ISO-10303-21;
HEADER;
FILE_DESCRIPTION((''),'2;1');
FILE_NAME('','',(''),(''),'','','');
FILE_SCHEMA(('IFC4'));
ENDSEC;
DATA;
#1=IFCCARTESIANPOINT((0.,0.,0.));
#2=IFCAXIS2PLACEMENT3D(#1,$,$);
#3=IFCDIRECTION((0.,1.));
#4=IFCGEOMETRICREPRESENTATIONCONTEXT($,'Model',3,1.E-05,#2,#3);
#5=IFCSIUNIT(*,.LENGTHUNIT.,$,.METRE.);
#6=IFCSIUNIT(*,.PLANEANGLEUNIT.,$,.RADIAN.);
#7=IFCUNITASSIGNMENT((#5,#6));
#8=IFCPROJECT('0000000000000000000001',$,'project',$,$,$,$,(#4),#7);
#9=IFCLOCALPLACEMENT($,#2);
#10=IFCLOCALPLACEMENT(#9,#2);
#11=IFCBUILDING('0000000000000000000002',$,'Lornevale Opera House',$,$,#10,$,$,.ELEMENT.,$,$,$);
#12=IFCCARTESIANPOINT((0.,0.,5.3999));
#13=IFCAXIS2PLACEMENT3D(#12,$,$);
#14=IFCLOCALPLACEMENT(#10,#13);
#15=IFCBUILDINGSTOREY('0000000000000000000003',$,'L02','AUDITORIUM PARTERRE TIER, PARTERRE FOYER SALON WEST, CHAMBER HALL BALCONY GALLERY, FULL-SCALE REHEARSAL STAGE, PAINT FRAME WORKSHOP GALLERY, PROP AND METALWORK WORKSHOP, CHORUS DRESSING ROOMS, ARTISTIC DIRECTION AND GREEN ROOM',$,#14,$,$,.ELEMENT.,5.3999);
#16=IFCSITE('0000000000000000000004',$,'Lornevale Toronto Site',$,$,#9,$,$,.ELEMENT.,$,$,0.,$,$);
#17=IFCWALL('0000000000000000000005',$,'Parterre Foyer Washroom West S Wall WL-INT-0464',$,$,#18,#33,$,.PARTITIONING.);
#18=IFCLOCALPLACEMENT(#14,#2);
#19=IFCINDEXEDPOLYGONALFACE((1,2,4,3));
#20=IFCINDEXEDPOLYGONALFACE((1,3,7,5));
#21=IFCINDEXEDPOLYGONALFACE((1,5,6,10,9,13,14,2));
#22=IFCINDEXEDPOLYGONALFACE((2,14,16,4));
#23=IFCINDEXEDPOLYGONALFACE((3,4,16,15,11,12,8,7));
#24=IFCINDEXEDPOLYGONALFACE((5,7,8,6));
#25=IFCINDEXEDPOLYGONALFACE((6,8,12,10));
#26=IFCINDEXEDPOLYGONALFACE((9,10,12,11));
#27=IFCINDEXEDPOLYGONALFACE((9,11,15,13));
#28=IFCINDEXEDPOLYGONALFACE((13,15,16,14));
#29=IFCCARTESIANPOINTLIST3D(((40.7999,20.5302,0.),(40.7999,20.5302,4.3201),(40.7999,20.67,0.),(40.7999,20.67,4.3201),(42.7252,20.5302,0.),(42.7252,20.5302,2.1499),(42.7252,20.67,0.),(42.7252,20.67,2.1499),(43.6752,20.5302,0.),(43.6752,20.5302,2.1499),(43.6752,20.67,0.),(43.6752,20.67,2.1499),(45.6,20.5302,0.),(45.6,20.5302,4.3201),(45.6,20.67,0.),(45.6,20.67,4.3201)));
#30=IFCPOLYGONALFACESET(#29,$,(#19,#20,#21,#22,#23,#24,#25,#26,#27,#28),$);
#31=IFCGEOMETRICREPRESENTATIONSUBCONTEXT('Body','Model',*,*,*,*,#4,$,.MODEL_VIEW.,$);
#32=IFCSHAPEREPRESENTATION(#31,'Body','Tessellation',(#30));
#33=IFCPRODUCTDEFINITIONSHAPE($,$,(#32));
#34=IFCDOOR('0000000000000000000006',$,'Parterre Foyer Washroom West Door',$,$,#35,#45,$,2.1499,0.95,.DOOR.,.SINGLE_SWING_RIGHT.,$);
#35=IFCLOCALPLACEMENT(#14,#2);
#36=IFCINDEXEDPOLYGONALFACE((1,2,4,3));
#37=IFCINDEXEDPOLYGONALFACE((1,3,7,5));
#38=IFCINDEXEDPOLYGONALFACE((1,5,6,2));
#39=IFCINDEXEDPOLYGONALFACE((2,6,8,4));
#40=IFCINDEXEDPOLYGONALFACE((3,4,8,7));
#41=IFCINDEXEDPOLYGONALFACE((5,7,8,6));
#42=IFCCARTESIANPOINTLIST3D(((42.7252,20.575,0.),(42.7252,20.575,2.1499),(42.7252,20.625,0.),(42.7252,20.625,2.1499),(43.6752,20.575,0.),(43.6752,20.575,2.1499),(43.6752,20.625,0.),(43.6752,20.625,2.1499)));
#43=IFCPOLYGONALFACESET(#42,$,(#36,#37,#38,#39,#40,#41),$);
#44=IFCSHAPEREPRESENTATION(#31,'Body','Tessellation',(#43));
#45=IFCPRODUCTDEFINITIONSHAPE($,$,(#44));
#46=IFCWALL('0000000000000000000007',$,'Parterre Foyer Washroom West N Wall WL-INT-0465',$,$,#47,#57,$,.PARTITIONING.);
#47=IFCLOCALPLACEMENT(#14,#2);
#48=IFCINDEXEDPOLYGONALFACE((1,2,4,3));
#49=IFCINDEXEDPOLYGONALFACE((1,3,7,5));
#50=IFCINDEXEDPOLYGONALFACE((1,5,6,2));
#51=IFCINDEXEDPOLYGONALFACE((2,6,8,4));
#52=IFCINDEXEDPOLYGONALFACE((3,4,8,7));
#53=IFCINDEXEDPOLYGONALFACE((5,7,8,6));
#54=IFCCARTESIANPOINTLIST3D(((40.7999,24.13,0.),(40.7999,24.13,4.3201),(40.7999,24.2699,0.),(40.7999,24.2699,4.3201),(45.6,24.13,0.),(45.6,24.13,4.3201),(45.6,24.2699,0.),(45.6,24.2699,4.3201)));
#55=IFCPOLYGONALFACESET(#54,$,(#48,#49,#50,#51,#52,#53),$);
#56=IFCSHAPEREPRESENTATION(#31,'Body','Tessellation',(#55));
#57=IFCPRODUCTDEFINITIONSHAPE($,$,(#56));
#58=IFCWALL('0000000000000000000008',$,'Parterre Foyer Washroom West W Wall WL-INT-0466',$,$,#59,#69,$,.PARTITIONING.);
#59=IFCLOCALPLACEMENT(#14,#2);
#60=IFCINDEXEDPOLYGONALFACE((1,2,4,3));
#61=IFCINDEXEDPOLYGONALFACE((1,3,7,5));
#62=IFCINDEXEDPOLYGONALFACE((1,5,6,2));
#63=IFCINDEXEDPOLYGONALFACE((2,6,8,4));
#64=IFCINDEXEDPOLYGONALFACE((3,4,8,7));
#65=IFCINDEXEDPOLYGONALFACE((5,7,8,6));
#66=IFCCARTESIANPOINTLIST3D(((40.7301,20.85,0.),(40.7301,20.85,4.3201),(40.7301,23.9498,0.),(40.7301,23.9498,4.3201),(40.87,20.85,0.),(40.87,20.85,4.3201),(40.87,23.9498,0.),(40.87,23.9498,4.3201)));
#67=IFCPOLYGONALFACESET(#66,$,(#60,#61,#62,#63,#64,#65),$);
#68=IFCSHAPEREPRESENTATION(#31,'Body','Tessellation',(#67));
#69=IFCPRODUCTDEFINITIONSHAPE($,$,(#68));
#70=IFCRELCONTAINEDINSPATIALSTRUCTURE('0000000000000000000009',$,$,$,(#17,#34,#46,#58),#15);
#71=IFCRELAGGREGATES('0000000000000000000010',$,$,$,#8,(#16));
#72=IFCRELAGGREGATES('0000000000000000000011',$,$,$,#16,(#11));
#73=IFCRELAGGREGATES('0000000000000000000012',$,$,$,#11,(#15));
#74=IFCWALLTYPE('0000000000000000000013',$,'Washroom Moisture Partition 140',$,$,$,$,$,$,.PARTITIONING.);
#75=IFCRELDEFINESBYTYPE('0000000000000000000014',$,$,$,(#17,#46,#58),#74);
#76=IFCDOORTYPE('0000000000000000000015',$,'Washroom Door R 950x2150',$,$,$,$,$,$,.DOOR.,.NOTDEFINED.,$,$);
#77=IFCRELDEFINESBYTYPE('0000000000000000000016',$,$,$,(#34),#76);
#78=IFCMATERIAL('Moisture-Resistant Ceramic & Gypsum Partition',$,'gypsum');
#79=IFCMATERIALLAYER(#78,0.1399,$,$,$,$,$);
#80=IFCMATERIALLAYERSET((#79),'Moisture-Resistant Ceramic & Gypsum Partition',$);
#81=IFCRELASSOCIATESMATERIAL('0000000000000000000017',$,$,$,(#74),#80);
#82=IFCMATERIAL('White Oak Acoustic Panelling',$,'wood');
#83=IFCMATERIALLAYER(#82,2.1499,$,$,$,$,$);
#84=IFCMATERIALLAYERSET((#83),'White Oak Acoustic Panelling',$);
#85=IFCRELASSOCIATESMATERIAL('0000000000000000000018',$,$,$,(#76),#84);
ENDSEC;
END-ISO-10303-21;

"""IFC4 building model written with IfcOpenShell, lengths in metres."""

from ifc_helpers import new_model, si_unit, direction, frame, frame_2d, origin, place, context, subcontext, project, spatial, rectangle, extrude, material, layer, layer_set, type_object, element, fill, save


model = new_model("IFC4")

# Units and contexts
model_context = context("Model", 3, precision=1e-05, world=origin(), true_north=direction((0.0, 1.0)))
body_context = subcontext(model_context, "Body", "Model", "MODEL_VIEW")
ifc_project = project(units=[si_unit("LENGTHUNIT", "METRE"), si_unit("PLANEANGLEUNIT", "RADIAN")], contexts=[model_context])

# Site, building, storey
site_placement = place(None, origin())
site = spatial("IfcSite", under=ifc_project, at=site_placement, Name="Lornevale Toronto Site", CompositionType="ELEMENT", RefElevation=0.0)
building_placement = place(site_placement, origin())
building = spatial("IfcBuilding", under=site, at=building_placement, Name="Lornevale Opera House", CompositionType="ELEMENT")
storey_placement = place(building_placement, frame((0.0, 0.0, 5.3999)))
storey = spatial("IfcBuildingStorey", under=building, at=storey_placement, Name="L02", Description="AUDITORIUM PARTERRE TIER, PARTERRE FOYER SALON WEST, CHAMBER HALL BALCONY GALLERY, FULL-SCALE REHEARSAL STAGE, PAINT FRAME WORKSHOP GALLERY, PROP AND METALWORK WORKSHOP, CHORUS DRESSING ROOMS, ARTISTIC DIRECTION AND GREEN ROOM", CompositionType="ELEMENT", Elevation=5.3999)

# Shared definitions
ifc_material_1 = material(Name="White Oak Acoustic Panelling", Category="wood")

# Wall, opening, door
ifc_material_2 = material(Name="Moisture-Resistant Ceramic & Gypsum Partition", Category="gypsum")
ifc_layer_1 = layer(ifc_material_2, 0.1399)
ifc_layer_set_1 = layer_set([ifc_layer_1], Name="Moisture-Resistant Ceramic & Gypsum Partition")
wall_type_1 = type_object("IfcWallType", Name="Washroom Moisture Partition 140", PredefinedType="PARTITIONING", material=ifc_layer_set_1)
wall_1_placement = place(storey_placement, frame((40.8, 20.6001, 0.0), z_axis=(0.0, 0.0, 1.0), x_axis=(1.0, 0.0, 0.0)))
wall_1 = element("IfcWall", 1, at=wall_1_placement, inside=storey, type_object=wall_type_1, Name="Parterre Foyer Washroom West S Wall WL-INT-0464", PredefinedType="PARTITIONING", context=body_context, shape_type="SweptSolid", body=[
    extrude(rectangle(XDim=4.8, YDim=0.1399, at=frame_2d((2.3999, 0.0))), origin(), (0.0, 0.0, 1.0), 4.3201),
])
opening_1_placement = place(wall_1_placement, frame((1.925, 0.0, 0.0)))
opening_1 = element("IfcOpeningElement", 2, at=opening_1_placement, cuts=wall_1, PredefinedType="OPENING", context=body_context, shape_type="SweptSolid", body=[
    extrude(rectangle(XDim=0.95, YDim=2.1499, at=frame_2d((0.4751, 1.075))), frame((0.0, 0.0798, 0.0), z_axis=(0.0, -1.0, 0.0), x_axis=(1.0, 0.0, 0.0)), (0.0, 0.0, 1.0), 0.1599),
])
ifc_layer_2 = layer(ifc_material_1, 2.1499)
ifc_layer_set_2 = layer_set([ifc_layer_2], Name="White Oak Acoustic Panelling")
door_type_1 = type_object("IfcDoorType", Name="Washroom Door R 950x2150", OperationType="NOTDEFINED", PredefinedType="DOOR", material=ifc_layer_set_2)
door_1_placement = place(opening_1_placement, origin())
door_1 = element("IfcDoor", 3, at=door_1_placement, inside=storey, type_object=door_type_1, Name="Parterre Foyer Washroom West Door", OperationType="SINGLE_SWING_RIGHT", OverallHeight=2.1499, OverallWidth=0.95, PredefinedType="DOOR", context=body_context, shape_type="SweptSolid", body=[
    extrude(rectangle(XDim=0.95, YDim=2.1499, at=frame_2d((0.4751, 1.075))), frame((0.0, 0.0249, 0.0), z_axis=(0.0, -1.0, 0.0), x_axis=(1.0, 0.0, 0.0)), (0.0, 0.0, 1.0), 0.05),
])
fill(opening_1, door_1)

# Walls
wall_2_placement = place(storey_placement, frame((40.8, 24.2, 0.0), z_axis=(0.0, 0.0, 1.0), x_axis=(1.0, 0.0, 0.0)))
element("IfcWall", 4, at=wall_2_placement, inside=storey, type_object=wall_type_1, Name="Parterre Foyer Washroom West N Wall WL-INT-0465", PredefinedType="PARTITIONING", context=body_context, shape_type="SweptSolid", body=[
    extrude(rectangle(XDim=4.8, YDim=0.1399, at=frame_2d((2.3999, 0.0))), origin(), (0.0, 0.0, 1.0), 4.3201),
])
wall_3_placement = place(storey_placement, frame((40.8, 20.8501, 0.0), z_axis=(0.0, 0.0, 1.0), x_axis=(0.0, 1.0, 0.0)))
element("IfcWall", 5, at=wall_3_placement, inside=storey, type_object=wall_type_1, Name="Parterre Foyer Washroom West W Wall WL-INT-0466", PredefinedType="PARTITIONING", context=body_context, shape_type="SweptSolid", body=[
    extrude(rectangle(XDim=3.0999, YDim=0.1399, at=frame_2d((1.5498, 0.0))), origin(), (0.0, 0.0, 1.0), 4.3201),
])

save(model, "model.ifc")
